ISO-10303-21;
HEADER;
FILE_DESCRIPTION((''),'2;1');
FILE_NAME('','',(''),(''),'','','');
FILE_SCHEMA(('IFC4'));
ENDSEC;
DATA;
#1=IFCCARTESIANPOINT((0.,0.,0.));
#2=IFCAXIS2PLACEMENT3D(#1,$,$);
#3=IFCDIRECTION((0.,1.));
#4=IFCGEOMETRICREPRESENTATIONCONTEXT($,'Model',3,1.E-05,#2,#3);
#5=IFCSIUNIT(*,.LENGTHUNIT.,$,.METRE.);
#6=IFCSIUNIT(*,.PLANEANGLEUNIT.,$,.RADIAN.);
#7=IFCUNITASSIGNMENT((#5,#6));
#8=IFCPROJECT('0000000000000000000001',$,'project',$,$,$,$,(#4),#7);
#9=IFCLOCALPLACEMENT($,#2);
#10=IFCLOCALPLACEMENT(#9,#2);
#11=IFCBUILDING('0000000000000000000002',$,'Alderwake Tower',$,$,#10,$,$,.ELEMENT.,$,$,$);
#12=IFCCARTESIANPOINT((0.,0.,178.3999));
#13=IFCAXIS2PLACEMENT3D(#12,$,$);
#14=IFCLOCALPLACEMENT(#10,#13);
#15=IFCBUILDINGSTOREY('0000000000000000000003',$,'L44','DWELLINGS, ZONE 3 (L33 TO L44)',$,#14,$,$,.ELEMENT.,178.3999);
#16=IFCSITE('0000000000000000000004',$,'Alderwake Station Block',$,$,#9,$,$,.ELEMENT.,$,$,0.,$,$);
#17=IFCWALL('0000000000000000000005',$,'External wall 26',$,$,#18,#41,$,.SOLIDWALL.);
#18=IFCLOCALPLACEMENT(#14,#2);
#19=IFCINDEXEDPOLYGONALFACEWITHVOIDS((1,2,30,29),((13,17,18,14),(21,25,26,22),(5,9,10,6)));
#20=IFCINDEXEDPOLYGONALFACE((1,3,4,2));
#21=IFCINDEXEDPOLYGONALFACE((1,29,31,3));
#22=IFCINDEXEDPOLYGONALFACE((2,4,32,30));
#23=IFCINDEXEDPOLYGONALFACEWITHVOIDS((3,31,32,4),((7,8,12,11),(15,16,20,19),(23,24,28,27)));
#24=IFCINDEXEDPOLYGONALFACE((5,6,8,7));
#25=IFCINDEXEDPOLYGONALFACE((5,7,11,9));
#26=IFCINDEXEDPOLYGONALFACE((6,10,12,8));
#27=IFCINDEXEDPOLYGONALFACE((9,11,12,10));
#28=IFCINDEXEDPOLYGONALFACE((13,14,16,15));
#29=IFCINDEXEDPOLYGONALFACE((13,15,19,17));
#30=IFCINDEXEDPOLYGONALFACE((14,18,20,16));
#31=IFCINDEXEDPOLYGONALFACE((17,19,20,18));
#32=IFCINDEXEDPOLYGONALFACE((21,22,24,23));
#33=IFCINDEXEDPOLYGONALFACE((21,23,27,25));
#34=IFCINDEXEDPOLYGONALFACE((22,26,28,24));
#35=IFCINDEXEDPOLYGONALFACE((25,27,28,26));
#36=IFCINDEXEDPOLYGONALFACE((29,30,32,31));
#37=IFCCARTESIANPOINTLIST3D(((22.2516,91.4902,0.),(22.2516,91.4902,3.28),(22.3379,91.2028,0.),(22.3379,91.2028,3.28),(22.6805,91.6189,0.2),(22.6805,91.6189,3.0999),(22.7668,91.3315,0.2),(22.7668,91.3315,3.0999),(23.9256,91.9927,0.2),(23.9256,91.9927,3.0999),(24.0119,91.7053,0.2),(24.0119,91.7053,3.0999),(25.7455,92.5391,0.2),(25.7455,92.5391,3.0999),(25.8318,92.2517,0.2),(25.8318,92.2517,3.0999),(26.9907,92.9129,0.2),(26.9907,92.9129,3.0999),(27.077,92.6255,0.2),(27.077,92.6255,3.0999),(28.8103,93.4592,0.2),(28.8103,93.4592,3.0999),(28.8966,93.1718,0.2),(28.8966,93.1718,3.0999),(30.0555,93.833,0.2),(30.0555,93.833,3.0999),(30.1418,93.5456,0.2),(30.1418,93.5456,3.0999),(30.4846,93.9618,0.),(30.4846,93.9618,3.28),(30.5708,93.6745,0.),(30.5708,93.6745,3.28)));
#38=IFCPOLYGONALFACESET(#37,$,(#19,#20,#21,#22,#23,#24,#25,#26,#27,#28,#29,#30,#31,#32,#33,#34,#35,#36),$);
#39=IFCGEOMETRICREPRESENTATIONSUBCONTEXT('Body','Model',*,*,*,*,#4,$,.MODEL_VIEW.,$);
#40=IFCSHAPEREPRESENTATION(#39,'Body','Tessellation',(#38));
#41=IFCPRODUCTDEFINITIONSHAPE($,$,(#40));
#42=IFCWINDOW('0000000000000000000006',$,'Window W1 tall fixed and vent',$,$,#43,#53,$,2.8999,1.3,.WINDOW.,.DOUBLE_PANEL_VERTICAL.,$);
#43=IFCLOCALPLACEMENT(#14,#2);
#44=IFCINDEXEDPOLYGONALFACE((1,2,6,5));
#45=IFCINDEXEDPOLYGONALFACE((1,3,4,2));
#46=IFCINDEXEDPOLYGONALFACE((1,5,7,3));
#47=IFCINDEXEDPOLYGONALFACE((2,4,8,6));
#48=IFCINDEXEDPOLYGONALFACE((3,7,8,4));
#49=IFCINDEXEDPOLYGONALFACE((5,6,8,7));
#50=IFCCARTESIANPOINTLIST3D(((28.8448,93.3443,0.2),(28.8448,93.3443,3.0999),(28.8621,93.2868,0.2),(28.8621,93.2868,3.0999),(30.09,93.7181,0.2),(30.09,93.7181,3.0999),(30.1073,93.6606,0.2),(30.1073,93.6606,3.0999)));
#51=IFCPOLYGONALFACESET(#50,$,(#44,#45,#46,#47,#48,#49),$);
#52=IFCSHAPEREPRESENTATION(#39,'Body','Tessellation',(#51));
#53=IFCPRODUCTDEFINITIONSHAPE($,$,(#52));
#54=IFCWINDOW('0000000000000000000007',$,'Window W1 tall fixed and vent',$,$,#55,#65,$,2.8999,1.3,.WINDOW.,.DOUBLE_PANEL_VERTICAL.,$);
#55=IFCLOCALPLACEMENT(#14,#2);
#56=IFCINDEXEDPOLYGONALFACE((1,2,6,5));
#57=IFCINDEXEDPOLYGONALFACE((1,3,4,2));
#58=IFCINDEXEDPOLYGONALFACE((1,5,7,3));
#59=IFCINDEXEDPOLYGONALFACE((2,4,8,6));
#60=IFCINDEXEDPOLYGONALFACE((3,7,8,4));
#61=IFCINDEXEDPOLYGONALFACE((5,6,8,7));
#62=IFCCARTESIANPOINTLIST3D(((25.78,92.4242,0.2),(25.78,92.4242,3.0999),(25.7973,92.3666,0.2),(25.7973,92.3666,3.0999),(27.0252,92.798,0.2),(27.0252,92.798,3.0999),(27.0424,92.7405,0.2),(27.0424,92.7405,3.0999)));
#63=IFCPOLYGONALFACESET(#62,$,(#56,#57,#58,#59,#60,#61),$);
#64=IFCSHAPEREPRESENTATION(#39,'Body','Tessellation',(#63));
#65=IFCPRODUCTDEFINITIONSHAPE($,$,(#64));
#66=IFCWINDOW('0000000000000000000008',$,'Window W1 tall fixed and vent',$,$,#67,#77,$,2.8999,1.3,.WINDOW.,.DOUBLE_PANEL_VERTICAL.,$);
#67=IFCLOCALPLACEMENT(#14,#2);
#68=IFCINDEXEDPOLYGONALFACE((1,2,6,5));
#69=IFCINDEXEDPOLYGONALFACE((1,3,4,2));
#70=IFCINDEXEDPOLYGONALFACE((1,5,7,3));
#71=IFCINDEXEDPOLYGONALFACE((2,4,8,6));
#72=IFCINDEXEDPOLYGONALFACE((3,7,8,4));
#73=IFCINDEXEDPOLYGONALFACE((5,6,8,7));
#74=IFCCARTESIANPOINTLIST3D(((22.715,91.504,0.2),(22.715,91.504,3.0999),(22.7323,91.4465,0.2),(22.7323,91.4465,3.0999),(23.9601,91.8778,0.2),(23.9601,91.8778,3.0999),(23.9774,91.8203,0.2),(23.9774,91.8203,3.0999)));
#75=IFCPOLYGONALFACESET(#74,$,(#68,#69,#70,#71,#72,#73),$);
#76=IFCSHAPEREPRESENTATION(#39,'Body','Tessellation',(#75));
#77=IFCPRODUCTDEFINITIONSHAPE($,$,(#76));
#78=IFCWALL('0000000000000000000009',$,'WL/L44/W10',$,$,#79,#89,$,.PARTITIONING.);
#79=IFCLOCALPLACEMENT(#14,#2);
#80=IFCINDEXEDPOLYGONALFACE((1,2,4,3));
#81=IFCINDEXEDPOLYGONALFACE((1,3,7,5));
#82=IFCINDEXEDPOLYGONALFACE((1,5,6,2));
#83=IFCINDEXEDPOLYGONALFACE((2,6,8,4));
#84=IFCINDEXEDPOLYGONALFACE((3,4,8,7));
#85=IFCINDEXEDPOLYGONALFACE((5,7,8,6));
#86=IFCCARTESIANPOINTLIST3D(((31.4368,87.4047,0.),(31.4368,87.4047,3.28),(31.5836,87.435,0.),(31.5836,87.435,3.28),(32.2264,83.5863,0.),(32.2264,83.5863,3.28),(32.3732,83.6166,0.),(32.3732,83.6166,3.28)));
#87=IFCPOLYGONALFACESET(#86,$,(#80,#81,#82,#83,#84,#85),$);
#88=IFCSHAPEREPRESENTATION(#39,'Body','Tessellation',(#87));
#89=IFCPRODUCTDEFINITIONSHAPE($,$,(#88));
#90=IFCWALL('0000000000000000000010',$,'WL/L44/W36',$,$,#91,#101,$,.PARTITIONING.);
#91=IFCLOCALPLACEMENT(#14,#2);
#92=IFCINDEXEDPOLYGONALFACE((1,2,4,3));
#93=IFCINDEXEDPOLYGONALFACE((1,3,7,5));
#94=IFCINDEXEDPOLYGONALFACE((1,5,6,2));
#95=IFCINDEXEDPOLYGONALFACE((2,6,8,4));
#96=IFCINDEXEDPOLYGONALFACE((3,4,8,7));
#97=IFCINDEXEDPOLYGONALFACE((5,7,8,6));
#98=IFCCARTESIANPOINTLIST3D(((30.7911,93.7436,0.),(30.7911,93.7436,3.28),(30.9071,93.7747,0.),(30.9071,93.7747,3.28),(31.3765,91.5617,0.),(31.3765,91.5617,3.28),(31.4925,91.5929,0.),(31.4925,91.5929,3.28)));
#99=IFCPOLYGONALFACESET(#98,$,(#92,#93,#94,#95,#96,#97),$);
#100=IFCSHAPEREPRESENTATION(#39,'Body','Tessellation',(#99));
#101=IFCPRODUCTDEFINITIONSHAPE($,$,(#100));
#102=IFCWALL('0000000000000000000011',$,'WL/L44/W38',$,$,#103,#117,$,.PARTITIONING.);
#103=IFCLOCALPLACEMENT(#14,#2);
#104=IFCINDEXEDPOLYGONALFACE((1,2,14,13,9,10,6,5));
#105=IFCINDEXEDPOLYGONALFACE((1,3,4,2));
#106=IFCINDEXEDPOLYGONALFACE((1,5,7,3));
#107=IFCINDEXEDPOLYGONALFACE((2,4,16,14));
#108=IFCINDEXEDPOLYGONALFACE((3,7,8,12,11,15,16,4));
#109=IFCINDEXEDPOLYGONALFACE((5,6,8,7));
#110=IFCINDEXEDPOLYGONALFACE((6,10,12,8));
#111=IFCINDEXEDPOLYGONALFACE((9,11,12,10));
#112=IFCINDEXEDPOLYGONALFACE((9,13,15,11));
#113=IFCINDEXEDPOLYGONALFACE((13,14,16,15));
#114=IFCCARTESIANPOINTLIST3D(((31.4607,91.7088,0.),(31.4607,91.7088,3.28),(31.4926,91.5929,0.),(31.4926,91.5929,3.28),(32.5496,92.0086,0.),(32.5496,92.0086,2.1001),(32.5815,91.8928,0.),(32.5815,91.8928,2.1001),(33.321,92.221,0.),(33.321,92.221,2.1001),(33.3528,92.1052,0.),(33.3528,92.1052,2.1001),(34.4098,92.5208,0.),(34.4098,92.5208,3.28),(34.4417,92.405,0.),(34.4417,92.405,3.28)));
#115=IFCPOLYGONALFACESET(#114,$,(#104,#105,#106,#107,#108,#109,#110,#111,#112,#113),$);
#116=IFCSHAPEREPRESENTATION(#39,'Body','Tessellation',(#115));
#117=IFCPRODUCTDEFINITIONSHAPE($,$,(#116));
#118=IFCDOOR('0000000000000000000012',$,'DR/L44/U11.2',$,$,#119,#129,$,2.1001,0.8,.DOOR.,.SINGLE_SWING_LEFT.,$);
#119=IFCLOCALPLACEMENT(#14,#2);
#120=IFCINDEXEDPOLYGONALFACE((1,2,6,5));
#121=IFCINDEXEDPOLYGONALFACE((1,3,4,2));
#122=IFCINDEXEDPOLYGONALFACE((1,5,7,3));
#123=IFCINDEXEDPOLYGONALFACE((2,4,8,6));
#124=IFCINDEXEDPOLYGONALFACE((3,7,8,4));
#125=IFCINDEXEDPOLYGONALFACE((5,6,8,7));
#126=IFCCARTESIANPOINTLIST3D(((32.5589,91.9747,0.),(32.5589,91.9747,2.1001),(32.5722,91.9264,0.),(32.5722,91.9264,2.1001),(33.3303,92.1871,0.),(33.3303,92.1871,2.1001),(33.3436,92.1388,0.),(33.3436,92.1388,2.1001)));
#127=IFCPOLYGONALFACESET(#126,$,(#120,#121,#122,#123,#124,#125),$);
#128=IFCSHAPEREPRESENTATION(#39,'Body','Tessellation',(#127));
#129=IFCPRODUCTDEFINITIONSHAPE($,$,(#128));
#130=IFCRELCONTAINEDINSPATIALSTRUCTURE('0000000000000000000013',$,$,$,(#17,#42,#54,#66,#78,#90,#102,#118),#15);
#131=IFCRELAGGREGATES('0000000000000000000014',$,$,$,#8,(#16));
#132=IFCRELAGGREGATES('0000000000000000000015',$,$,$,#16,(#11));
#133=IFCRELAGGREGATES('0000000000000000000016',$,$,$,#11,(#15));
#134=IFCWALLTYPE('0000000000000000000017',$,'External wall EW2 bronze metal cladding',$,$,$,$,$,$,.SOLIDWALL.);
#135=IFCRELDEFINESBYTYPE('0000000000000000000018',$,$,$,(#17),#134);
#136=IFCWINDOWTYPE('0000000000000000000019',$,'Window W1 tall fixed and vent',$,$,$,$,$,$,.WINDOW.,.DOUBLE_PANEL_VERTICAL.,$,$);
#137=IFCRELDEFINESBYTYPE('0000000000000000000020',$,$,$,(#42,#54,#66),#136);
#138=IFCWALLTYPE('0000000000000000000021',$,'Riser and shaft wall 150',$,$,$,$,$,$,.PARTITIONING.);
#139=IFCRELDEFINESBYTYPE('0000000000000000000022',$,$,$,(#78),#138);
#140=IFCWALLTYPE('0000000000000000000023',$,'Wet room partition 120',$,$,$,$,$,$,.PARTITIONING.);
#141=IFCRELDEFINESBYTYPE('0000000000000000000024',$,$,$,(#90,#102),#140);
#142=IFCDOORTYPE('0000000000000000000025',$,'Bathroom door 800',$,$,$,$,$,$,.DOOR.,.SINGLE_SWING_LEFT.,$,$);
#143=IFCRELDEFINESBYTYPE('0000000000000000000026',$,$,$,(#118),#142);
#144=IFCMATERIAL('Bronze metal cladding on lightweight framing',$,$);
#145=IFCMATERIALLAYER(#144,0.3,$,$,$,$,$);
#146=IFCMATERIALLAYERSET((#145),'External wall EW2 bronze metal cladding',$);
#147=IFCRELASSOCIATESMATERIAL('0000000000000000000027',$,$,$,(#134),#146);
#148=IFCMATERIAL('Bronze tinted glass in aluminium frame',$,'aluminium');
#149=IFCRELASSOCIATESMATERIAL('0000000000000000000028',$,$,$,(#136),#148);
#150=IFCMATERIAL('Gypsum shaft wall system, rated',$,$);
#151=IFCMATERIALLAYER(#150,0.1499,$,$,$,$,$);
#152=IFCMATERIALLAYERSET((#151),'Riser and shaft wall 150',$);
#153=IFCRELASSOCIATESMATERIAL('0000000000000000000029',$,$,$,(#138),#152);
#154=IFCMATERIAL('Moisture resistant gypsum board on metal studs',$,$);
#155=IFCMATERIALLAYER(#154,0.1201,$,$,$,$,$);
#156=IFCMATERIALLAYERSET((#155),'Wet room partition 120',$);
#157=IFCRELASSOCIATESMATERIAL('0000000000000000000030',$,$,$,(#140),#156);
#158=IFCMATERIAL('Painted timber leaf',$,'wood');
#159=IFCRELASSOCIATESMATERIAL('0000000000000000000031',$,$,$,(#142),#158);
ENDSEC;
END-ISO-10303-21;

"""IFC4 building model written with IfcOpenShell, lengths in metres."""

from ifc_helpers import new_model, si_unit, direction, frame, frame_2d, origin, place, context, subcontext, project, spatial, rectangle, extrude, material, layer, layer_set, type_object, element, fill, save


model = new_model("IFC4")

# Units and contexts
model_context = context("Model", 3, precision=1e-05, world=origin(), true_north=direction((0.0, 1.0)))
body_context = subcontext(model_context, "Body", "Model", "MODEL_VIEW")
ifc_project = project(units=[si_unit("LENGTHUNIT", "METRE"), si_unit("PLANEANGLEUNIT", "RADIAN")], contexts=[model_context])

# Site, building, storey
site_placement = place(None, origin())
site = spatial("IfcSite", under=ifc_project, at=site_placement, Name="Alderwake Station Block", CompositionType="ELEMENT", RefElevation=0.0)
building_placement = place(site_placement, origin())
building = spatial("IfcBuilding", under=site, at=building_placement, Name="Alderwake Tower", CompositionType="ELEMENT")
storey_placement = place(building_placement, frame((0.0, 0.0, 178.3999)))
storey = spatial("IfcBuildingStorey", under=building, at=storey_placement, Name="L44", Description="DWELLINGS, ZONE 3 (L33 TO L44)", CompositionType="ELEMENT", Elevation=178.3999)

# Wall, openings, windows
ifc_material_1 = material(Name="Bronze metal cladding on lightweight framing")
ifc_layer_1 = layer(ifc_material_1, 0.3)
ifc_layer_set_1 = layer_set([ifc_layer_1], Name="External wall EW2 bronze metal cladding")
wall_type_1 = type_object("IfcWallType", Name="External wall EW2 bronze metal cladding", PredefinedType="SOLIDWALL", material=ifc_layer_set_1)
ifc_material_2 = material(Name="Bronze tinted glass in aluminium frame", Category="aluminium")
window_type_1 = type_object("IfcWindowType", Name="Window W1 tall fixed and vent", PartitioningType="DOUBLE_PANEL_VERTICAL", PredefinedType="WINDOW", material=ifc_material_2)
wall_1_placement = place(storey_placement, frame((30.5276, 93.8181, 0.0), z_axis=(0.0, 0.0, 1.0), x_axis=(-0.957768, -0.287541, 0.0)))
wall_1 = element("IfcWall", 1, at=wall_1_placement, inside=storey, type_object=wall_type_1, Name="External wall 26", PredefinedType="SOLIDWALL", context=body_context, shape_type="SweptSolid", body=[
    extrude(rectangle(XDim=8.5959, YDim=0.3, at=frame_2d((4.2979, 0.0))), origin(), (0.0, 0.0, 1.0), 3.28),
])
opening_1_placement = place(wall_1_placement, frame((0.448, 0.0, 0.2)))
opening_1 = element("IfcOpeningElement", 2, at=opening_1_placement, cuts=wall_1, PredefinedType="OPENING", context=body_context, shape_type="SweptSolid", body=[
    extrude(rectangle(XDim=1.3, YDim=2.8999, at=frame_2d((0.6499, 1.45))), frame((0.0, 0.1599, 0.0), z_axis=(0.0, -1.0, 0.0), x_axis=(1.0, 0.0, 0.0)), (0.0, 0.0, 1.0), 0.3201),
])
opening_2_placement = place(wall_1_placement, frame((3.6479, 0.0, 0.2)))
opening_2 = element("IfcOpeningElement", 3, at=opening_2_placement, cuts=wall_1, PredefinedType="OPENING", context=body_context, shape_type="SweptSolid", body=[
    extrude(rectangle(XDim=1.3, YDim=2.8999, at=frame_2d((0.6499, 1.45))), frame((0.0, 0.1599, 0.0), z_axis=(0.0, -1.0, 0.0), x_axis=(1.0, 0.0, 0.0)), (0.0, 0.0, 1.0), 0.3201),
])
opening_3_placement = place(wall_1_placement, frame((6.8481, 0.0, 0.2)))
opening_3 = element("IfcOpeningElement", 4, at=opening_3_placement, cuts=wall_1, PredefinedType="OPENING", context=body_context, shape_type="SweptSolid", body=[
    extrude(rectangle(XDim=1.3, YDim=2.8999, at=frame_2d((0.6499, 1.45))), frame((0.0, 0.1599, 0.0), z_axis=(0.0, -1.0, 0.0), x_axis=(1.0, 0.0, 0.0)), (0.0, 0.0, 1.0), 0.3201),
])
window_1_placement = place(opening_1_placement, origin())
window_1 = element("IfcWindow", 5, at=window_1_placement, inside=storey, type_object=window_type_1, Name="Window W1 tall fixed and vent", OverallHeight=2.8999, OverallWidth=1.3, PartitioningType="DOUBLE_PANEL_VERTICAL", PredefinedType="WINDOW", context=body_context, shape_type="SweptSolid", body=[
    extrude(rectangle(XDim=1.3, YDim=2.8999, at=frame_2d((0.6499, 1.45))), frame((0.0, 0.03, 0.0), z_axis=(0.0, -1.0, 0.0), x_axis=(1.0, 0.0, 0.0)), (0.0, 0.0, 1.0), 0.0601),
])
fill(opening_1, window_1)
window_2_placement = place(opening_2_placement, origin())
window_2 = element("IfcWindow", 6, at=window_2_placement, inside=storey, type_object=window_type_1, Name="Window W1 tall fixed and vent", OverallHeight=2.8999, OverallWidth=1.3, PartitioningType="DOUBLE_PANEL_VERTICAL", PredefinedType="WINDOW", context=body_context, shape_type="SweptSolid", body=[
    extrude(rectangle(XDim=1.3, YDim=2.8999, at=frame_2d((0.6499, 1.45))), frame((0.0, 0.03, 0.0), z_axis=(0.0, -1.0, 0.0), x_axis=(1.0, 0.0, 0.0)), (0.0, 0.0, 1.0), 0.0601),
])
fill(opening_2, window_2)
window_3_placement = place(opening_3_placement, origin())
window_3 = element("IfcWindow", 7, at=window_3_placement, inside=storey, type_object=window_type_1, Name="Window W1 tall fixed and vent", OverallHeight=2.8999, OverallWidth=1.3, PartitioningType="DOUBLE_PANEL_VERTICAL", PredefinedType="WINDOW", context=body_context, shape_type="SweptSolid", body=[
    extrude(rectangle(XDim=1.3, YDim=2.8999, at=frame_2d((0.6499, 1.45))), frame((0.0, 0.03, 0.0), z_axis=(0.0, -1.0, 0.0), x_axis=(1.0, 0.0, 0.0)), (0.0, 0.0, 1.0), 0.0601),
])
fill(opening_3, window_3)

# Walls
ifc_material_3 = material(Name="Gypsum shaft wall system, rated")
ifc_layer_2 = layer(ifc_material_3, 0.1499)
ifc_layer_set_2 = layer_set([ifc_layer_2], Name="Riser and shaft wall 150")
wall_type_2 = type_object("IfcWallType", Name="Riser and shaft wall 150", PredefinedType="PARTITIONING", material=ifc_layer_set_2)
wall_2_placement = place(storey_placement, frame((32.2998, 83.6013, 0.0), z_axis=(0.0, 0.0, 1.0), x_axis=(-0.202494, 0.979284, 0.0)))
element("IfcWall", 8, at=wall_2_placement, inside=storey, type_object=wall_type_2, Name="WL/L44/W10", PredefinedType="PARTITIONING", context=body_context, shape_type="SweptSolid", body=[
    extrude(rectangle(XDim=3.8992, YDim=0.1499, at=frame_2d((1.9497, 0.0))), origin(), (0.0, 0.0, 1.0), 3.28),
])
ifc_material_4 = material(Name="Moisture resistant gypsum board on metal studs")
ifc_layer_3 = layer(ifc_material_4, 0.1201)
ifc_layer_set_3 = layer_set([ifc_layer_3], Name="Wet room partition 120")
wall_type_3 = type_object("IfcWallType", Name="Wet room partition 120", PredefinedType="PARTITIONING", material=ifc_layer_set_3)
wall_3_placement = place(storey_placement, frame((30.8491, 93.759, 0.0), z_axis=(0.0, 0.0, 1.0), x_axis=(0.259156, -0.965836, 0.0)))
element("IfcWall", 9, at=wall_3_placement, inside=storey, type_object=wall_type_3, Name="WL/L44/W36", PredefinedType="PARTITIONING", context=body_context, shape_type="SweptSolid", body=[
    extrude(rectangle(XDim=2.259, YDim=0.1201, at=frame_2d((1.1294, 0.0))), origin(), (0.0, 0.0, 1.0), 3.28),
])

# Wall, opening, door
wall_4_placement = place(storey_placement, frame((31.4768, 91.6509, 0.0), z_axis=(0.0, 0.0, 1.0), x_axis=(0.964118, 0.265474, 0.0)))
wall_4 = element("IfcWall", 10, at=wall_4_placement, inside=storey, type_object=wall_type_3, Name="WL/L44/W38", PredefinedType="PARTITIONING", context=body_context, shape_type="SweptSolid", body=[
    extrude(rectangle(XDim=3.0588, YDim=0.1201, at=frame_2d((1.5293, 0.0))), origin(), (0.0, 0.0, 1.0), 3.28),
])
opening_4_placement = place(wall_4_placement, frame((1.1294, 0.0, 0.0)))
opening_4 = element("IfcOpeningElement", 11, at=opening_4_placement, cuts=wall_4, PredefinedType="OPENING", context=body_context, shape_type="SweptSolid", body=[
    extrude(rectangle(XDim=0.8, YDim=2.1001, at=frame_2d((0.3999, 1.05))), frame((0.0, 0.0701, 0.0), z_axis=(0.0, -1.0, 0.0), x_axis=(1.0, 0.0, 0.0)), (0.0, 0.0, 1.0), 0.1401),
])
ifc_material_5 = material(Name="Painted timber leaf", Category="wood")
door_type_1 = type_object("IfcDoorType", Name="Bathroom door 800", OperationType="SINGLE_SWING_LEFT", PredefinedType="DOOR", material=ifc_material_5)
door_1_placement = place(opening_4_placement, origin())
door_1 = element("IfcDoor", 12, at=door_1_placement, inside=storey, type_object=door_type_1, Name="DR/L44/U11.2", OperationType="SINGLE_SWING_LEFT", OverallHeight=2.1001, OverallWidth=0.8, PredefinedType="DOOR", context=body_context, shape_type="SweptSolid", body=[
    extrude(rectangle(XDim=0.8, YDim=2.1001, at=frame_2d((0.3999, 1.05))), frame((0.0, 0.0249, 0.0), z_axis=(0.0, -1.0, 0.0), x_axis=(1.0, 0.0, 0.0)), (0.0, 0.0, 1.0), 0.05),
])
fill(opening_4, door_1)

save(model, "model.ifc")
